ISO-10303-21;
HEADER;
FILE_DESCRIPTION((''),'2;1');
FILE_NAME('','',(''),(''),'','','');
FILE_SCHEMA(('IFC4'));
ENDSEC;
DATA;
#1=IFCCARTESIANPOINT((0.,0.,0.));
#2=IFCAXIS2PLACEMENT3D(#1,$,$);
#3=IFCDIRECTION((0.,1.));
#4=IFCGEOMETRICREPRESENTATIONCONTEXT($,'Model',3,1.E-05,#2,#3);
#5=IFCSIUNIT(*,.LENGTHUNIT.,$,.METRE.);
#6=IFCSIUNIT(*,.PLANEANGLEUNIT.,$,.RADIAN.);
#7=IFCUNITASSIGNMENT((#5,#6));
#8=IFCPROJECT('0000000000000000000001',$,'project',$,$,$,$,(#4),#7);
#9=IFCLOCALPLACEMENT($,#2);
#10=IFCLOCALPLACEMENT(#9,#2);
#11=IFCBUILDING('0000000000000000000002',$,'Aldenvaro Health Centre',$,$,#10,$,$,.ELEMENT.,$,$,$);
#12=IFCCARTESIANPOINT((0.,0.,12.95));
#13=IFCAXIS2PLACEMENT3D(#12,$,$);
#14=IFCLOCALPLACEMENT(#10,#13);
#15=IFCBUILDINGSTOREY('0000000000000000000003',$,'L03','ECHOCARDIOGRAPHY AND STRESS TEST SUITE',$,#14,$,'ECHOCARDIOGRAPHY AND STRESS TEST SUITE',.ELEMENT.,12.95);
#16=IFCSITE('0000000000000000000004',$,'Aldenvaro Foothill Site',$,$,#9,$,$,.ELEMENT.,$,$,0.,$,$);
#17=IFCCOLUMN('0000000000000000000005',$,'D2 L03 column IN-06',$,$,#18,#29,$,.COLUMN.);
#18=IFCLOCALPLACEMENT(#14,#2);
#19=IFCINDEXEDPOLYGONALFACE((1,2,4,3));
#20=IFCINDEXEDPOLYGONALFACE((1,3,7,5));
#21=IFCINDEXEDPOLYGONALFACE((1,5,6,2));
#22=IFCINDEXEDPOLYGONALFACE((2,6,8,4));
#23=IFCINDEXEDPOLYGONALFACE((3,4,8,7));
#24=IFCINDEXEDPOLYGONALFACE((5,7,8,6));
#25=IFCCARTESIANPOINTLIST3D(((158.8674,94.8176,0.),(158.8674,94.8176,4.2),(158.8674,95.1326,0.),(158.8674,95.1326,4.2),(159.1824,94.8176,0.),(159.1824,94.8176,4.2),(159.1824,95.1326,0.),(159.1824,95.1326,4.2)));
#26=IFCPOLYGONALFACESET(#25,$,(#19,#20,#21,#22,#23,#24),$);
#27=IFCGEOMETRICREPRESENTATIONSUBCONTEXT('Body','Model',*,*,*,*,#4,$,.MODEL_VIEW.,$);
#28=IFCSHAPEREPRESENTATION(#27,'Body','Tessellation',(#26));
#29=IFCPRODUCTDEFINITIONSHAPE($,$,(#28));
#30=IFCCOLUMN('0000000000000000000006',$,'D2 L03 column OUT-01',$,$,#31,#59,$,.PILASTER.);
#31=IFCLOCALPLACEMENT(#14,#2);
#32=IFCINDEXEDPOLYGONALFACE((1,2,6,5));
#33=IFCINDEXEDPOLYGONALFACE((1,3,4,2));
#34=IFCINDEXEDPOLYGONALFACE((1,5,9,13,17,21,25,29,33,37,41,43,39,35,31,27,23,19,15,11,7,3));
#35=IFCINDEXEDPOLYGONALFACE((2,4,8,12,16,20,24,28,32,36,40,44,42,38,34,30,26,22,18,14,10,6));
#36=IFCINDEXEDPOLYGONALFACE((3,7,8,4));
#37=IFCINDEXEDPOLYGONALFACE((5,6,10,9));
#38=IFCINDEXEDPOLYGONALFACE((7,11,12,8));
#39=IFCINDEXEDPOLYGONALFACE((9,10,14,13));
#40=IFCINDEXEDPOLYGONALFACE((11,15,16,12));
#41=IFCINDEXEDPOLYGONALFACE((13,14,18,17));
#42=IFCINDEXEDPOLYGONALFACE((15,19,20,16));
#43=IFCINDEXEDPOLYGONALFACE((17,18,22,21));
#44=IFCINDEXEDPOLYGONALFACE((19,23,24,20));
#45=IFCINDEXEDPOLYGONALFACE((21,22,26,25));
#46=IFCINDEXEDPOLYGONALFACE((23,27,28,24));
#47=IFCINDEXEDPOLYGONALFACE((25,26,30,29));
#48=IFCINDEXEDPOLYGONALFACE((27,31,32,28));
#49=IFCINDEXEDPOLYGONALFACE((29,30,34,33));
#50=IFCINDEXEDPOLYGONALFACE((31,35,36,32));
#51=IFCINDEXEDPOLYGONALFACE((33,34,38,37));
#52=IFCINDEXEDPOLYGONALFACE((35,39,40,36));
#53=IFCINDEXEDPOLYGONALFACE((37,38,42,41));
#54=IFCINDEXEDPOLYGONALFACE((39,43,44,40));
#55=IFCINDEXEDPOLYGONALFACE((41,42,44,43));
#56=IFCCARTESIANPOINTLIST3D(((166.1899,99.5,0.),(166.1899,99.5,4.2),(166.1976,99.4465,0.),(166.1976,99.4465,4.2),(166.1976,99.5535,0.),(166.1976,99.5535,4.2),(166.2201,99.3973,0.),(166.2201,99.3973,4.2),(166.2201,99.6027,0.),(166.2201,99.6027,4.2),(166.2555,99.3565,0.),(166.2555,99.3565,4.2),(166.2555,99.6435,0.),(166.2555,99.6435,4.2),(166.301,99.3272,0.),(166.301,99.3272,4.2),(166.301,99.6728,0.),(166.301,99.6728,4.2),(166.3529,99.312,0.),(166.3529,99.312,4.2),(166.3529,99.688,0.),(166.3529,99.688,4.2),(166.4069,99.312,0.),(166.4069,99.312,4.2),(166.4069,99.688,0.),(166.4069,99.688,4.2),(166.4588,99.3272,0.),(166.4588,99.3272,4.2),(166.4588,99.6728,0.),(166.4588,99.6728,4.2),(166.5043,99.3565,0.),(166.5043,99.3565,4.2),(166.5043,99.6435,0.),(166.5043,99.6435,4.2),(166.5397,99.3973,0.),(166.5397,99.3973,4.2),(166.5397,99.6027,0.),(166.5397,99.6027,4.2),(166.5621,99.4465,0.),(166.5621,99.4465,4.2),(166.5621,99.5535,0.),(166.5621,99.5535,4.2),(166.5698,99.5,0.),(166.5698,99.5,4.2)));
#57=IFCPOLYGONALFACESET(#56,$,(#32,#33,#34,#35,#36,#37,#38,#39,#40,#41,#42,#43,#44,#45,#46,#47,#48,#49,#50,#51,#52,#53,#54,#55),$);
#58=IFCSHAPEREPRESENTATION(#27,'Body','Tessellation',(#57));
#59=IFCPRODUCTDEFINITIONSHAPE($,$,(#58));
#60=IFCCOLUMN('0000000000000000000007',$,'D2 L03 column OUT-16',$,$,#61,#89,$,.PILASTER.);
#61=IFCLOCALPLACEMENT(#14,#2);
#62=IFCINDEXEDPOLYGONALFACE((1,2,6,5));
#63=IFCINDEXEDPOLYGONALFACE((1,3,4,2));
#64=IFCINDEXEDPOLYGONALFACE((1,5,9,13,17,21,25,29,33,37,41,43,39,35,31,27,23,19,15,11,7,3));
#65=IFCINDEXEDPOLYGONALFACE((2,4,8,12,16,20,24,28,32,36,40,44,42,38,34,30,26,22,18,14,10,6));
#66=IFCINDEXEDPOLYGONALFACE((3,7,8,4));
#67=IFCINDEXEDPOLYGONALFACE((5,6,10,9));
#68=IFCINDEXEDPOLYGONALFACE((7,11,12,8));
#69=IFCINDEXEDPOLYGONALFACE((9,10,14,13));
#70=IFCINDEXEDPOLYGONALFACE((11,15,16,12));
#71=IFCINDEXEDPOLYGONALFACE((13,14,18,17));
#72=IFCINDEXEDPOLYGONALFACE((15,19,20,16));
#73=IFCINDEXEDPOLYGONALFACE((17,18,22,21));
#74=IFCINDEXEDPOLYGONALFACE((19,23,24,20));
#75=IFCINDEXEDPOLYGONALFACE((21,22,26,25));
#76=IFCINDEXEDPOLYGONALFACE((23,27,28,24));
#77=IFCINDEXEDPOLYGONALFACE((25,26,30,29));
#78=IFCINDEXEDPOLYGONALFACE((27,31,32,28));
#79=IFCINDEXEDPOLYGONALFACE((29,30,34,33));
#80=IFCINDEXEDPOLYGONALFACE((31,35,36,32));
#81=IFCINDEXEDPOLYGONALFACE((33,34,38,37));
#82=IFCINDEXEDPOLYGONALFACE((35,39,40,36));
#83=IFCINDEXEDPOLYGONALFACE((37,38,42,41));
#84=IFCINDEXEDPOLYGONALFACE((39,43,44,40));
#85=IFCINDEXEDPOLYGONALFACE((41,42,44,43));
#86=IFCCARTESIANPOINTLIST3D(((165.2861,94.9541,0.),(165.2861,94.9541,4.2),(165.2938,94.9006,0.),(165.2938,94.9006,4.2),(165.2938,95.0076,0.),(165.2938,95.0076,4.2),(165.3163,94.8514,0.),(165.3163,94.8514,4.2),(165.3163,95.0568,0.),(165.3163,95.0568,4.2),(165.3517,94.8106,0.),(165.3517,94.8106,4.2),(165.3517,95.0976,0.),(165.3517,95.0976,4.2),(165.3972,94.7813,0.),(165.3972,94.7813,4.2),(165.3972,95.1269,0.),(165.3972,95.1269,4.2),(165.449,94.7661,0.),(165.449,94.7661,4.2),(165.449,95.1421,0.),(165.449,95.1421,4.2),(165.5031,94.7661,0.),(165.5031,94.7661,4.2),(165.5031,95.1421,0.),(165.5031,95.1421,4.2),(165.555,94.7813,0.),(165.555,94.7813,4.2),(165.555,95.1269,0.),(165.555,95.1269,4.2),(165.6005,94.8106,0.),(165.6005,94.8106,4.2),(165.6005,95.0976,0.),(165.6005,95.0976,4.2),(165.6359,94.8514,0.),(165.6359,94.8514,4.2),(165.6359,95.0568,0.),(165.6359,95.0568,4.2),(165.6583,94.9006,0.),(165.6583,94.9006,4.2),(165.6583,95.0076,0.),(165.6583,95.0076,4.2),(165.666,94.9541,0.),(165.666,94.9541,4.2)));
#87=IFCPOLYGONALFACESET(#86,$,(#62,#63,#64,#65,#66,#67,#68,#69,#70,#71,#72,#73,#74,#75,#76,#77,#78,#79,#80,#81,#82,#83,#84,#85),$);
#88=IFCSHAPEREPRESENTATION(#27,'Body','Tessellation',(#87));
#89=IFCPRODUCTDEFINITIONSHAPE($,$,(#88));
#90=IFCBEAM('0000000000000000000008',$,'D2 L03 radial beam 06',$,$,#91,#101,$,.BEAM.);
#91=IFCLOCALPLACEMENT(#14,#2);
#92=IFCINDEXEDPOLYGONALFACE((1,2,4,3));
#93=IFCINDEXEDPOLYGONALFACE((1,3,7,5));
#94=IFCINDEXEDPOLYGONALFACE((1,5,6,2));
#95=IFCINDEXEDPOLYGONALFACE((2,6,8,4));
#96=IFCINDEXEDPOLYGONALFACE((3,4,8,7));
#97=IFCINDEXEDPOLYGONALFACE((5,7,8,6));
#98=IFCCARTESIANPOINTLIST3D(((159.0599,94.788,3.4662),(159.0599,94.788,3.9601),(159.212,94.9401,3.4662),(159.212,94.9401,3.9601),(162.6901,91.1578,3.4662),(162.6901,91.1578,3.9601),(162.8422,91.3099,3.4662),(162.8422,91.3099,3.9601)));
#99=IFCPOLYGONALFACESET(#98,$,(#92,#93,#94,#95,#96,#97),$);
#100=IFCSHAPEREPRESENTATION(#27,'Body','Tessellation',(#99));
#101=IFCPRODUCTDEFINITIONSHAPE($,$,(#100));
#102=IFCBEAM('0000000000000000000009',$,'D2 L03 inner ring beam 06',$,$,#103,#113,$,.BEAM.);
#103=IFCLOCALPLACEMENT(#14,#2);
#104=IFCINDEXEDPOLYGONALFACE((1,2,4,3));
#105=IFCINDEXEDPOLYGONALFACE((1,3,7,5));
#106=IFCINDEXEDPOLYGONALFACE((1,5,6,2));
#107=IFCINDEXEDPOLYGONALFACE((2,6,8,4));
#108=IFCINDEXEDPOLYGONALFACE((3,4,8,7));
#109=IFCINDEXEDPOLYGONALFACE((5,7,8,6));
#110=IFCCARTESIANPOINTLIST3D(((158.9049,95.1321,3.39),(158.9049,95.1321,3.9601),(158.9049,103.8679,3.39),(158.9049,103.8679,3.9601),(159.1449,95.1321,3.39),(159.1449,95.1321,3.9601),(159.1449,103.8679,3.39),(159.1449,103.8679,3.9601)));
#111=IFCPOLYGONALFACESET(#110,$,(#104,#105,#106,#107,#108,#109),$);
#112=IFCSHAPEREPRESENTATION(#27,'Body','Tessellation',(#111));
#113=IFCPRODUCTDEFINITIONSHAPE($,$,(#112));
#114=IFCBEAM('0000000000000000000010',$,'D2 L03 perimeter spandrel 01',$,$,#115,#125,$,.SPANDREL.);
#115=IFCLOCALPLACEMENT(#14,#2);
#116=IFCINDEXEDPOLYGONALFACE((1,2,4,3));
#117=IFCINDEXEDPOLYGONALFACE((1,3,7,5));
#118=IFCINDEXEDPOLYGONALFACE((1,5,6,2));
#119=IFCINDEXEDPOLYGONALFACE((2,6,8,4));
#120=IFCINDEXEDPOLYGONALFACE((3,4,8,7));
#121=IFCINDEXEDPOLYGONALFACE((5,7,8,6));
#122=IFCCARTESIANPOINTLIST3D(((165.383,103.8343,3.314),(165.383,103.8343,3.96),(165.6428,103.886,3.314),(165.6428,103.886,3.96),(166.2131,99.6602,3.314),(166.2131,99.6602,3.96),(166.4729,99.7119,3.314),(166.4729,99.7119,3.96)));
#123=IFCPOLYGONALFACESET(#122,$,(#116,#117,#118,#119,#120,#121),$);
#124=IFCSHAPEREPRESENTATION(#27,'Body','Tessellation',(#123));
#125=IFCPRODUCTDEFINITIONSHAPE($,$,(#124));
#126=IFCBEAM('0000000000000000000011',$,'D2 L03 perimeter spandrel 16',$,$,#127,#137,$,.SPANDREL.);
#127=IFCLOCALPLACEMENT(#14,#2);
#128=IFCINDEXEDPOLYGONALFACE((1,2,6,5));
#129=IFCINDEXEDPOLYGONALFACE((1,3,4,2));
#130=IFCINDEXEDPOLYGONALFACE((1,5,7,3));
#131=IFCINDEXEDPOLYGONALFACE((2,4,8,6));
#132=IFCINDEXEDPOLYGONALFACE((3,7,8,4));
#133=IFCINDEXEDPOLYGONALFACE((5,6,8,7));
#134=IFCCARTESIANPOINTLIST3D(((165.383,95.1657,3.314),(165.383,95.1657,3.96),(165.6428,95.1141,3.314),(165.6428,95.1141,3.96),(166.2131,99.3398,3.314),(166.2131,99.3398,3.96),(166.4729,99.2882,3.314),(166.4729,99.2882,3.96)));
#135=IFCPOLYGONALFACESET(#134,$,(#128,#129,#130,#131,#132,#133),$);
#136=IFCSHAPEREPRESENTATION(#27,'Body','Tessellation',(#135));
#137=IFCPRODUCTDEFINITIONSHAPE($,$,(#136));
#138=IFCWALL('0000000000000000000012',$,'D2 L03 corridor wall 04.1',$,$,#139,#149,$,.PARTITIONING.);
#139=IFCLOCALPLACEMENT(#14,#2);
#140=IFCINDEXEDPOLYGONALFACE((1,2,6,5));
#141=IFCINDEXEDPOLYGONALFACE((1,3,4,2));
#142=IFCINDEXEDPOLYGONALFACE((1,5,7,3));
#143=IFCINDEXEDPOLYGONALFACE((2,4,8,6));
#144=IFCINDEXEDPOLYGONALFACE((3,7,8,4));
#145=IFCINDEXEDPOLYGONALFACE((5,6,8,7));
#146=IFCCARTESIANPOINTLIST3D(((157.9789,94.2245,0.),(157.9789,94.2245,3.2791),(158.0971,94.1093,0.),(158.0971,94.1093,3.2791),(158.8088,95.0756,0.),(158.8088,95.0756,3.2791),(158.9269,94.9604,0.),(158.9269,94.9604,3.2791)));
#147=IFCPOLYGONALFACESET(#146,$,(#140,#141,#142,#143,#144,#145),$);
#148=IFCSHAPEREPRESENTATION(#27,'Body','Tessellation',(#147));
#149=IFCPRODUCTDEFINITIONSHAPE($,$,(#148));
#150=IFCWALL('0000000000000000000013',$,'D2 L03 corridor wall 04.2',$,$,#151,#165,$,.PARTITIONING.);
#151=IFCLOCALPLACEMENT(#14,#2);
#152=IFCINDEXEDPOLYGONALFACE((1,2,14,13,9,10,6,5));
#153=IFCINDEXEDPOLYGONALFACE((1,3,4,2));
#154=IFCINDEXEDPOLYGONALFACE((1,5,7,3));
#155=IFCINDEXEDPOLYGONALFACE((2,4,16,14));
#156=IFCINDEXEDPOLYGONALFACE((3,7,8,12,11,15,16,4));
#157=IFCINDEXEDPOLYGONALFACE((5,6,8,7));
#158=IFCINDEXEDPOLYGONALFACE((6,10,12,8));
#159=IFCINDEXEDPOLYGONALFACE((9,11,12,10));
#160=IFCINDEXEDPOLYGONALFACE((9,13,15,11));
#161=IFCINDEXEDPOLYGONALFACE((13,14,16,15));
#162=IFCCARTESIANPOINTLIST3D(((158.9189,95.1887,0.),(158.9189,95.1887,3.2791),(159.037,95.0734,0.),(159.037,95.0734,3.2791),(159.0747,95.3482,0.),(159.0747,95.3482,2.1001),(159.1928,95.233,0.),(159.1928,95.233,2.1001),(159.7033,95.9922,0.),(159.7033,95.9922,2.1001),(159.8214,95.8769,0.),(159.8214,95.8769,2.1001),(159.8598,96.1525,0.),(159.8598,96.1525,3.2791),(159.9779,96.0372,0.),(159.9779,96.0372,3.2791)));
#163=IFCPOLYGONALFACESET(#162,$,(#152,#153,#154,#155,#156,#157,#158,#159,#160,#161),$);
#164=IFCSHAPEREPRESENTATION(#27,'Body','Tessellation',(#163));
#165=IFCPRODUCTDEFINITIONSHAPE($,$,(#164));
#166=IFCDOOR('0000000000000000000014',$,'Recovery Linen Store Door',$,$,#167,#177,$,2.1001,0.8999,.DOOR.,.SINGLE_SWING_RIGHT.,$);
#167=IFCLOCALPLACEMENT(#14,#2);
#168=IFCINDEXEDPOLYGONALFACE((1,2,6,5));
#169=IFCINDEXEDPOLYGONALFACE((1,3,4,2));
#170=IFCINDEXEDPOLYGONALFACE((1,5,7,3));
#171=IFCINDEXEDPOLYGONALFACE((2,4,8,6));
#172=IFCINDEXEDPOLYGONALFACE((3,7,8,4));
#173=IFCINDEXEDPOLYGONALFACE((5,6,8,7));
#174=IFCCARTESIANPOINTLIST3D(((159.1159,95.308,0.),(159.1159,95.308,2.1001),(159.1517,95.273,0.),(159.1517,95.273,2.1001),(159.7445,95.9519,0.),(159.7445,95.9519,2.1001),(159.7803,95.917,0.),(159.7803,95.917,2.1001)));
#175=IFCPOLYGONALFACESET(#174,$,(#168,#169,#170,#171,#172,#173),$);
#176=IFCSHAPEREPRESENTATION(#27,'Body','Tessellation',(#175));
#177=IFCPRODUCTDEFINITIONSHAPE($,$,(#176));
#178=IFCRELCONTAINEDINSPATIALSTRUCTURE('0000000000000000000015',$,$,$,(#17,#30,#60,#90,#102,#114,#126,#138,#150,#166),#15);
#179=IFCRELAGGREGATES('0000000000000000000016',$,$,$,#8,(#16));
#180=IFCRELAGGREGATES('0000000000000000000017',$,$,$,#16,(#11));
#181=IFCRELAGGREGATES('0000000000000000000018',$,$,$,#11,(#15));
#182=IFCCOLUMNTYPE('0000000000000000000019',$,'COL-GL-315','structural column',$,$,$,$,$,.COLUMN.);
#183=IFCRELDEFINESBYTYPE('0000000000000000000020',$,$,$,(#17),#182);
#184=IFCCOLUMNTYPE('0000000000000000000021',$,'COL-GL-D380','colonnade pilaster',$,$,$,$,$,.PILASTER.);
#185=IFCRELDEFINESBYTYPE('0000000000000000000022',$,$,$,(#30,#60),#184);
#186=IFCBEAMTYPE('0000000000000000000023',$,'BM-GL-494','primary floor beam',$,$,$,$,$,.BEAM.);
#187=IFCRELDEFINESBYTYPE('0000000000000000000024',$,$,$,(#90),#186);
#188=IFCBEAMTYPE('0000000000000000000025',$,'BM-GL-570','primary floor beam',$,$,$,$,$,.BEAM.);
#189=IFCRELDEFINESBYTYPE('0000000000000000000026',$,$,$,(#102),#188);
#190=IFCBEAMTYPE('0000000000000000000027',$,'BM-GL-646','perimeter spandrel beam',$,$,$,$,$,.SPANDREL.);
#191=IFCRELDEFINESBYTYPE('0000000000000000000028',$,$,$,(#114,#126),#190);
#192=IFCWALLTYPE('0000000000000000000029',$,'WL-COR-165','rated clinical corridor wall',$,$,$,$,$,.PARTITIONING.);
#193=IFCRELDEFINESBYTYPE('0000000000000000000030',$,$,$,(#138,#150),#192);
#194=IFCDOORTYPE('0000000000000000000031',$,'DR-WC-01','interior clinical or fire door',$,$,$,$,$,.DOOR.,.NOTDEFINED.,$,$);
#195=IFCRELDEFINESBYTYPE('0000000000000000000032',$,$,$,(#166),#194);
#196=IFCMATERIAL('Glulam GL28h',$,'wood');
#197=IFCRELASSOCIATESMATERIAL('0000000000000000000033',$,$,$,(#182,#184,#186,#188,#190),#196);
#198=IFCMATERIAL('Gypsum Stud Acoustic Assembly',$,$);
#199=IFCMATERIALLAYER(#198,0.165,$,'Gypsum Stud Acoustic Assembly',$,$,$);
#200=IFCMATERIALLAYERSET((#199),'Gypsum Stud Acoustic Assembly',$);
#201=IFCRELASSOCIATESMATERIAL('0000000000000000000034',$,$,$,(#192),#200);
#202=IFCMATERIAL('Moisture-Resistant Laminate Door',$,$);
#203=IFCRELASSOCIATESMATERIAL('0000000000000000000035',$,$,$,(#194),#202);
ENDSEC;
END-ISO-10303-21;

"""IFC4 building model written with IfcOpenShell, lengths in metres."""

from ifc_helpers import new_model, si_unit, direction, frame, frame_2d, origin, origin_2d, place, context, subcontext, project, spatial, rectangle, circle, extrude, material, layer, layer_set, material_profile, profile_set, type_object, element, fill, save


model = new_model("IFC4")

# Units and contexts
model_context = context("Model", 3, precision=1e-05, world=origin(), true_north=direction((0.0, 1.0)))
body_context = subcontext(model_context, "Body", "Model", "MODEL_VIEW")
ifc_project = project(units=[si_unit("LENGTHUNIT", "METRE"), si_unit("PLANEANGLEUNIT", "RADIAN")], contexts=[model_context])

# Site, building, storey
site_placement = place(None, origin())
site = spatial("IfcSite", under=ifc_project, at=site_placement, Name="Aldenvaro Foothill Site", CompositionType="ELEMENT", RefElevation=0.0)
building_placement = place(site_placement, origin())
building = spatial("IfcBuilding", under=site, at=building_placement, Name="Aldenvaro Health Centre", CompositionType="ELEMENT")
storey_placement = place(building_placement, frame((0.0, 0.0, 12.95)))
storey = spatial("IfcBuildingStorey", under=building, at=storey_placement, Name="L03", Description="ECHOCARDIOGRAPHY AND STRESS TEST SUITE", LongName="ECHOCARDIOGRAPHY AND STRESS TEST SUITE", CompositionType="ELEMENT", Elevation=12.95)

# Columns
ifc_material_1 = material(Name="Glulam GL28h", Category="wood")
ifc_material_profile_1 = material_profile(ifc_material_1, rectangle(XDim=0.3149, YDim=0.3149, at=origin_2d()), Name="GL 315x315", Category="wood")
ifc_profile_set_1 = profile_set([ifc_material_profile_1], Name="Glulam GL28h")
column_type_1 = type_object("IfcColumnType", Name="COL-GL-315", Description="structural column", PredefinedType="COLUMN", material=ifc_profile_set_1)
column_placement = place(storey_placement, frame((159.0249, 94.9751, 0.0), z_axis=(0.0, 0.0, 1.0), x_axis=(1.0, 0.0, 0.0)))
element("IfcColumn", 1, at=column_placement, inside=storey, type_object=column_type_1, Name="D2 L03 column IN-06", PredefinedType="COLUMN", context=body_context, shape_type="SweptSolid", body=[
    extrude(rectangle(XDim=0.3149, YDim=0.3149, at=origin_2d()), origin(), (0.0, 0.0, 1.0), 4.2),
])
ifc_material_profile_2 = material_profile(ifc_material_1, circle(Radius=0.1899, at=origin_2d()), Name="GL D380", Category="wood")
ifc_profile_set_2 = profile_set([ifc_material_profile_2], Name="Glulam GL28h")
column_type_2 = type_object("IfcColumnType", Name="COL-GL-D380", Description="colonnade pilaster", PredefinedType="PILASTER", material=ifc_profile_set_2)
for number, where, z_axis, x_axis, name in (
    (2, (166.3799, 99.5, 0.0), (0.0, 0.0, 1.0), (1.0, 0.0, 0.0), "D2 L03 column OUT-01"),
    (3, (165.4761, 94.9541, 0.0), (0.0, 0.0, 1.0), (1.0, 0.0, 0.0), "D2 L03 column OUT-16"),
):
    element("IfcColumn", number, at=place(storey_placement, frame(where, z_axis=z_axis, x_axis=x_axis)), inside=storey, type_object=column_type_2, Name=name, PredefinedType="PILASTER", context=body_context, shape_type="SweptSolid", body=[
        extrude(circle(Radius=0.1899, at=origin_2d()), origin(), (0.0, 0.0, 1.0), 4.2),
    ])

# Beams
ifc_material_profile_3 = material_profile(ifc_material_1, rectangle(XDim=0.2151, YDim=0.4939, at=origin_2d()), Name="GL 215x494", Category="wood")
ifc_profile_set_3 = profile_set([ifc_material_profile_3], Name="Glulam GL28h")
beam_type_1 = type_object("IfcBeamType", Name="BM-GL-494", Description="primary floor beam", PredefinedType="BEAM", material=ifc_profile_set_3)
beam_1_placement = place(storey_placement, frame((159.136, 94.864, 3.7131), z_axis=(0.707107, -0.707107, 0.0), x_axis=(0.707107, 0.707107, 0.0)))
element("IfcBeam", 4, at=beam_1_placement, inside=storey, type_object=beam_type_1, Name="D2 L03 radial beam 06", PredefinedType="BEAM", context=body_context, shape_type="SweptSolid", body=[
    extrude(rectangle(XDim=0.2151, YDim=0.4939, at=origin_2d()), origin(), (0.0, 0.0, 1.0), 5.1338),
])
ifc_material_profile_4 = material_profile(ifc_material_1, rectangle(XDim=0.24, YDim=0.5701, at=origin_2d()), Name="GL 240x570", Category="wood")
ifc_profile_set_4 = profile_set([ifc_material_profile_4], Name="Glulam GL28h")
beam_type_2 = type_object("IfcBeamType", Name="BM-GL-570", Description="primary floor beam", PredefinedType="BEAM", material=ifc_profile_set_4)
beam_2_placement = place(storey_placement, frame((159.0249, 95.1321, 3.675), z_axis=(0.0, 1.0, 0.0), x_axis=(-1.0, 0.0, 0.0)))
element("IfcBeam", 5, at=beam_2_placement, inside=storey, type_object=beam_type_2, Name="D2 L03 inner ring beam 06", PredefinedType="BEAM", context=body_context, shape_type="SweptSolid", body=[
    extrude(rectangle(XDim=0.24, YDim=0.5701, at=origin_2d()), origin(), (0.0, 0.0, 1.0), 8.7358),
])
ifc_material_profile_5 = material_profile(ifc_material_1, rectangle(XDim=0.2649, YDim=0.646, at=origin_2d()), Name="GL 265x646", Category="wood")
ifc_profile_set_5 = profile_set([ifc_material_profile_5], Name="Glulam GL28h")
beam_type_3 = type_object("IfcBeamType", Name="BM-GL-646", Description="perimeter spandrel beam", PredefinedType="SPANDREL", material=ifc_profile_set_5)
for number, where, z_axis, x_axis, name in (
    (6, (166.343, 99.686, 3.637), (-0.195046, 0.980794, 0.0), (-0.980794, -0.195046, 0.0), "D2 L03 perimeter spandrel 01"),
    (7, (165.5129, 95.1399, 3.637), (0.195046, 0.980794, 0.0), (-0.980794, 0.195046, 0.0), "D2 L03 perimeter spandrel 16"),
):
    element("IfcBeam", number, at=place(storey_placement, frame(where, z_axis=z_axis, x_axis=x_axis)), inside=storey, type_object=beam_type_3, Name=name, PredefinedType="SPANDREL", context=body_context, shape_type="SweptSolid", body=[
        extrude(rectangle(XDim=0.2649, YDim=0.646, at=origin_2d()), origin(), (0.0, 0.0, 1.0), 4.2559),
    ])

# Wall
ifc_material_2 = material(Name="Gypsum Stud Acoustic Assembly")
ifc_layer_1 = layer(ifc_material_2, 0.165, Name="Gypsum Stud Acoustic Assembly")
ifc_layer_set_1 = layer_set([ifc_layer_1], Name="Gypsum Stud Acoustic Assembly")
wall_type_1 = type_object("IfcWallType", Name="WL-COR-165", Description="rated clinical corridor wall", PredefinedType="PARTITIONING", material=ifc_layer_set_1)
wall_1_placement = place(storey_placement, frame((158.0381, 94.167, 0.0), z_axis=(0.0, 0.0, 1.0), x_axis=(0.698116, 0.715985, 0.0)))
element("IfcWall", 8, at=wall_1_placement, inside=storey, type_object=wall_type_1, Name="D2 L03 corridor wall 04.1", PredefinedType="PARTITIONING", context=body_context, shape_type="SweptSolid", body=[
    extrude(rectangle(XDim=1.1887, YDim=0.165, at=frame_2d((0.5942, 0.0))), origin(), (0.0, 0.0, 1.0), 3.2791),
])

# Wall, opening, door
wall_2_placement = place(storey_placement, frame((158.978, 95.1311, 0.0), z_axis=(0.0, 0.0, 1.0), x_axis=(0.698537, 0.715574, 0.0)))
wall_2 = element("IfcWall", 9, at=wall_2_placement, inside=storey, type_object=wall_type_1, Name="D2 L03 corridor wall 04.2", PredefinedType="PARTITIONING", context=body_context, shape_type="SweptSolid", body=[
    extrude(rectangle(XDim=1.3469, YDim=0.165, at=frame_2d((0.6733, 0.0))), origin(), (0.0, 0.0, 1.0), 3.2791),
])
opening_1_placement = place(wall_2_placement, frame((0.2229, 0.0, 0.0)))
opening_1 = element("IfcOpeningElement", 10, at=opening_1_placement, cuts=wall_2, PredefinedType="OPENING", context=body_context, shape_type="SweptSolid", body=[
    extrude(rectangle(XDim=0.8999, YDim=2.1001, at=frame_2d((0.45, 1.05))), frame((0.0, 0.0925, 0.0), z_axis=(0.0, -1.0, 0.0), x_axis=(1.0, 0.0, 0.0)), (0.0, 0.0, 1.0), 0.1851),
])
ifc_material_3 = material(Name="Moisture-Resistant Laminate Door")
door_type_1 = type_object("IfcDoorType", Name="DR-WC-01", Description="interior clinical or fire door", OperationType="NOTDEFINED", PredefinedType="DOOR", material=ifc_material_3)
door_1_placement = place(opening_1_placement, origin())
door_1 = element("IfcDoor", 11, at=door_1_placement, inside=storey, type_object=door_type_1, Name="Recovery Linen Store Door", OperationType="SINGLE_SWING_RIGHT", OverallHeight=2.1001, OverallWidth=0.8999, PredefinedType="DOOR", context=body_context, shape_type="SweptSolid", body=[
    extrude(rectangle(XDim=0.8999, YDim=2.1001, at=frame_2d((0.45, 1.05))), frame((0.0, 0.0249, 0.0), z_axis=(0.0, -1.0, 0.0), x_axis=(1.0, 0.0, 0.0)), (0.0, 0.0, 1.0), 0.05),
])
fill(opening_1, door_1)

save(model, "model.ifc")
